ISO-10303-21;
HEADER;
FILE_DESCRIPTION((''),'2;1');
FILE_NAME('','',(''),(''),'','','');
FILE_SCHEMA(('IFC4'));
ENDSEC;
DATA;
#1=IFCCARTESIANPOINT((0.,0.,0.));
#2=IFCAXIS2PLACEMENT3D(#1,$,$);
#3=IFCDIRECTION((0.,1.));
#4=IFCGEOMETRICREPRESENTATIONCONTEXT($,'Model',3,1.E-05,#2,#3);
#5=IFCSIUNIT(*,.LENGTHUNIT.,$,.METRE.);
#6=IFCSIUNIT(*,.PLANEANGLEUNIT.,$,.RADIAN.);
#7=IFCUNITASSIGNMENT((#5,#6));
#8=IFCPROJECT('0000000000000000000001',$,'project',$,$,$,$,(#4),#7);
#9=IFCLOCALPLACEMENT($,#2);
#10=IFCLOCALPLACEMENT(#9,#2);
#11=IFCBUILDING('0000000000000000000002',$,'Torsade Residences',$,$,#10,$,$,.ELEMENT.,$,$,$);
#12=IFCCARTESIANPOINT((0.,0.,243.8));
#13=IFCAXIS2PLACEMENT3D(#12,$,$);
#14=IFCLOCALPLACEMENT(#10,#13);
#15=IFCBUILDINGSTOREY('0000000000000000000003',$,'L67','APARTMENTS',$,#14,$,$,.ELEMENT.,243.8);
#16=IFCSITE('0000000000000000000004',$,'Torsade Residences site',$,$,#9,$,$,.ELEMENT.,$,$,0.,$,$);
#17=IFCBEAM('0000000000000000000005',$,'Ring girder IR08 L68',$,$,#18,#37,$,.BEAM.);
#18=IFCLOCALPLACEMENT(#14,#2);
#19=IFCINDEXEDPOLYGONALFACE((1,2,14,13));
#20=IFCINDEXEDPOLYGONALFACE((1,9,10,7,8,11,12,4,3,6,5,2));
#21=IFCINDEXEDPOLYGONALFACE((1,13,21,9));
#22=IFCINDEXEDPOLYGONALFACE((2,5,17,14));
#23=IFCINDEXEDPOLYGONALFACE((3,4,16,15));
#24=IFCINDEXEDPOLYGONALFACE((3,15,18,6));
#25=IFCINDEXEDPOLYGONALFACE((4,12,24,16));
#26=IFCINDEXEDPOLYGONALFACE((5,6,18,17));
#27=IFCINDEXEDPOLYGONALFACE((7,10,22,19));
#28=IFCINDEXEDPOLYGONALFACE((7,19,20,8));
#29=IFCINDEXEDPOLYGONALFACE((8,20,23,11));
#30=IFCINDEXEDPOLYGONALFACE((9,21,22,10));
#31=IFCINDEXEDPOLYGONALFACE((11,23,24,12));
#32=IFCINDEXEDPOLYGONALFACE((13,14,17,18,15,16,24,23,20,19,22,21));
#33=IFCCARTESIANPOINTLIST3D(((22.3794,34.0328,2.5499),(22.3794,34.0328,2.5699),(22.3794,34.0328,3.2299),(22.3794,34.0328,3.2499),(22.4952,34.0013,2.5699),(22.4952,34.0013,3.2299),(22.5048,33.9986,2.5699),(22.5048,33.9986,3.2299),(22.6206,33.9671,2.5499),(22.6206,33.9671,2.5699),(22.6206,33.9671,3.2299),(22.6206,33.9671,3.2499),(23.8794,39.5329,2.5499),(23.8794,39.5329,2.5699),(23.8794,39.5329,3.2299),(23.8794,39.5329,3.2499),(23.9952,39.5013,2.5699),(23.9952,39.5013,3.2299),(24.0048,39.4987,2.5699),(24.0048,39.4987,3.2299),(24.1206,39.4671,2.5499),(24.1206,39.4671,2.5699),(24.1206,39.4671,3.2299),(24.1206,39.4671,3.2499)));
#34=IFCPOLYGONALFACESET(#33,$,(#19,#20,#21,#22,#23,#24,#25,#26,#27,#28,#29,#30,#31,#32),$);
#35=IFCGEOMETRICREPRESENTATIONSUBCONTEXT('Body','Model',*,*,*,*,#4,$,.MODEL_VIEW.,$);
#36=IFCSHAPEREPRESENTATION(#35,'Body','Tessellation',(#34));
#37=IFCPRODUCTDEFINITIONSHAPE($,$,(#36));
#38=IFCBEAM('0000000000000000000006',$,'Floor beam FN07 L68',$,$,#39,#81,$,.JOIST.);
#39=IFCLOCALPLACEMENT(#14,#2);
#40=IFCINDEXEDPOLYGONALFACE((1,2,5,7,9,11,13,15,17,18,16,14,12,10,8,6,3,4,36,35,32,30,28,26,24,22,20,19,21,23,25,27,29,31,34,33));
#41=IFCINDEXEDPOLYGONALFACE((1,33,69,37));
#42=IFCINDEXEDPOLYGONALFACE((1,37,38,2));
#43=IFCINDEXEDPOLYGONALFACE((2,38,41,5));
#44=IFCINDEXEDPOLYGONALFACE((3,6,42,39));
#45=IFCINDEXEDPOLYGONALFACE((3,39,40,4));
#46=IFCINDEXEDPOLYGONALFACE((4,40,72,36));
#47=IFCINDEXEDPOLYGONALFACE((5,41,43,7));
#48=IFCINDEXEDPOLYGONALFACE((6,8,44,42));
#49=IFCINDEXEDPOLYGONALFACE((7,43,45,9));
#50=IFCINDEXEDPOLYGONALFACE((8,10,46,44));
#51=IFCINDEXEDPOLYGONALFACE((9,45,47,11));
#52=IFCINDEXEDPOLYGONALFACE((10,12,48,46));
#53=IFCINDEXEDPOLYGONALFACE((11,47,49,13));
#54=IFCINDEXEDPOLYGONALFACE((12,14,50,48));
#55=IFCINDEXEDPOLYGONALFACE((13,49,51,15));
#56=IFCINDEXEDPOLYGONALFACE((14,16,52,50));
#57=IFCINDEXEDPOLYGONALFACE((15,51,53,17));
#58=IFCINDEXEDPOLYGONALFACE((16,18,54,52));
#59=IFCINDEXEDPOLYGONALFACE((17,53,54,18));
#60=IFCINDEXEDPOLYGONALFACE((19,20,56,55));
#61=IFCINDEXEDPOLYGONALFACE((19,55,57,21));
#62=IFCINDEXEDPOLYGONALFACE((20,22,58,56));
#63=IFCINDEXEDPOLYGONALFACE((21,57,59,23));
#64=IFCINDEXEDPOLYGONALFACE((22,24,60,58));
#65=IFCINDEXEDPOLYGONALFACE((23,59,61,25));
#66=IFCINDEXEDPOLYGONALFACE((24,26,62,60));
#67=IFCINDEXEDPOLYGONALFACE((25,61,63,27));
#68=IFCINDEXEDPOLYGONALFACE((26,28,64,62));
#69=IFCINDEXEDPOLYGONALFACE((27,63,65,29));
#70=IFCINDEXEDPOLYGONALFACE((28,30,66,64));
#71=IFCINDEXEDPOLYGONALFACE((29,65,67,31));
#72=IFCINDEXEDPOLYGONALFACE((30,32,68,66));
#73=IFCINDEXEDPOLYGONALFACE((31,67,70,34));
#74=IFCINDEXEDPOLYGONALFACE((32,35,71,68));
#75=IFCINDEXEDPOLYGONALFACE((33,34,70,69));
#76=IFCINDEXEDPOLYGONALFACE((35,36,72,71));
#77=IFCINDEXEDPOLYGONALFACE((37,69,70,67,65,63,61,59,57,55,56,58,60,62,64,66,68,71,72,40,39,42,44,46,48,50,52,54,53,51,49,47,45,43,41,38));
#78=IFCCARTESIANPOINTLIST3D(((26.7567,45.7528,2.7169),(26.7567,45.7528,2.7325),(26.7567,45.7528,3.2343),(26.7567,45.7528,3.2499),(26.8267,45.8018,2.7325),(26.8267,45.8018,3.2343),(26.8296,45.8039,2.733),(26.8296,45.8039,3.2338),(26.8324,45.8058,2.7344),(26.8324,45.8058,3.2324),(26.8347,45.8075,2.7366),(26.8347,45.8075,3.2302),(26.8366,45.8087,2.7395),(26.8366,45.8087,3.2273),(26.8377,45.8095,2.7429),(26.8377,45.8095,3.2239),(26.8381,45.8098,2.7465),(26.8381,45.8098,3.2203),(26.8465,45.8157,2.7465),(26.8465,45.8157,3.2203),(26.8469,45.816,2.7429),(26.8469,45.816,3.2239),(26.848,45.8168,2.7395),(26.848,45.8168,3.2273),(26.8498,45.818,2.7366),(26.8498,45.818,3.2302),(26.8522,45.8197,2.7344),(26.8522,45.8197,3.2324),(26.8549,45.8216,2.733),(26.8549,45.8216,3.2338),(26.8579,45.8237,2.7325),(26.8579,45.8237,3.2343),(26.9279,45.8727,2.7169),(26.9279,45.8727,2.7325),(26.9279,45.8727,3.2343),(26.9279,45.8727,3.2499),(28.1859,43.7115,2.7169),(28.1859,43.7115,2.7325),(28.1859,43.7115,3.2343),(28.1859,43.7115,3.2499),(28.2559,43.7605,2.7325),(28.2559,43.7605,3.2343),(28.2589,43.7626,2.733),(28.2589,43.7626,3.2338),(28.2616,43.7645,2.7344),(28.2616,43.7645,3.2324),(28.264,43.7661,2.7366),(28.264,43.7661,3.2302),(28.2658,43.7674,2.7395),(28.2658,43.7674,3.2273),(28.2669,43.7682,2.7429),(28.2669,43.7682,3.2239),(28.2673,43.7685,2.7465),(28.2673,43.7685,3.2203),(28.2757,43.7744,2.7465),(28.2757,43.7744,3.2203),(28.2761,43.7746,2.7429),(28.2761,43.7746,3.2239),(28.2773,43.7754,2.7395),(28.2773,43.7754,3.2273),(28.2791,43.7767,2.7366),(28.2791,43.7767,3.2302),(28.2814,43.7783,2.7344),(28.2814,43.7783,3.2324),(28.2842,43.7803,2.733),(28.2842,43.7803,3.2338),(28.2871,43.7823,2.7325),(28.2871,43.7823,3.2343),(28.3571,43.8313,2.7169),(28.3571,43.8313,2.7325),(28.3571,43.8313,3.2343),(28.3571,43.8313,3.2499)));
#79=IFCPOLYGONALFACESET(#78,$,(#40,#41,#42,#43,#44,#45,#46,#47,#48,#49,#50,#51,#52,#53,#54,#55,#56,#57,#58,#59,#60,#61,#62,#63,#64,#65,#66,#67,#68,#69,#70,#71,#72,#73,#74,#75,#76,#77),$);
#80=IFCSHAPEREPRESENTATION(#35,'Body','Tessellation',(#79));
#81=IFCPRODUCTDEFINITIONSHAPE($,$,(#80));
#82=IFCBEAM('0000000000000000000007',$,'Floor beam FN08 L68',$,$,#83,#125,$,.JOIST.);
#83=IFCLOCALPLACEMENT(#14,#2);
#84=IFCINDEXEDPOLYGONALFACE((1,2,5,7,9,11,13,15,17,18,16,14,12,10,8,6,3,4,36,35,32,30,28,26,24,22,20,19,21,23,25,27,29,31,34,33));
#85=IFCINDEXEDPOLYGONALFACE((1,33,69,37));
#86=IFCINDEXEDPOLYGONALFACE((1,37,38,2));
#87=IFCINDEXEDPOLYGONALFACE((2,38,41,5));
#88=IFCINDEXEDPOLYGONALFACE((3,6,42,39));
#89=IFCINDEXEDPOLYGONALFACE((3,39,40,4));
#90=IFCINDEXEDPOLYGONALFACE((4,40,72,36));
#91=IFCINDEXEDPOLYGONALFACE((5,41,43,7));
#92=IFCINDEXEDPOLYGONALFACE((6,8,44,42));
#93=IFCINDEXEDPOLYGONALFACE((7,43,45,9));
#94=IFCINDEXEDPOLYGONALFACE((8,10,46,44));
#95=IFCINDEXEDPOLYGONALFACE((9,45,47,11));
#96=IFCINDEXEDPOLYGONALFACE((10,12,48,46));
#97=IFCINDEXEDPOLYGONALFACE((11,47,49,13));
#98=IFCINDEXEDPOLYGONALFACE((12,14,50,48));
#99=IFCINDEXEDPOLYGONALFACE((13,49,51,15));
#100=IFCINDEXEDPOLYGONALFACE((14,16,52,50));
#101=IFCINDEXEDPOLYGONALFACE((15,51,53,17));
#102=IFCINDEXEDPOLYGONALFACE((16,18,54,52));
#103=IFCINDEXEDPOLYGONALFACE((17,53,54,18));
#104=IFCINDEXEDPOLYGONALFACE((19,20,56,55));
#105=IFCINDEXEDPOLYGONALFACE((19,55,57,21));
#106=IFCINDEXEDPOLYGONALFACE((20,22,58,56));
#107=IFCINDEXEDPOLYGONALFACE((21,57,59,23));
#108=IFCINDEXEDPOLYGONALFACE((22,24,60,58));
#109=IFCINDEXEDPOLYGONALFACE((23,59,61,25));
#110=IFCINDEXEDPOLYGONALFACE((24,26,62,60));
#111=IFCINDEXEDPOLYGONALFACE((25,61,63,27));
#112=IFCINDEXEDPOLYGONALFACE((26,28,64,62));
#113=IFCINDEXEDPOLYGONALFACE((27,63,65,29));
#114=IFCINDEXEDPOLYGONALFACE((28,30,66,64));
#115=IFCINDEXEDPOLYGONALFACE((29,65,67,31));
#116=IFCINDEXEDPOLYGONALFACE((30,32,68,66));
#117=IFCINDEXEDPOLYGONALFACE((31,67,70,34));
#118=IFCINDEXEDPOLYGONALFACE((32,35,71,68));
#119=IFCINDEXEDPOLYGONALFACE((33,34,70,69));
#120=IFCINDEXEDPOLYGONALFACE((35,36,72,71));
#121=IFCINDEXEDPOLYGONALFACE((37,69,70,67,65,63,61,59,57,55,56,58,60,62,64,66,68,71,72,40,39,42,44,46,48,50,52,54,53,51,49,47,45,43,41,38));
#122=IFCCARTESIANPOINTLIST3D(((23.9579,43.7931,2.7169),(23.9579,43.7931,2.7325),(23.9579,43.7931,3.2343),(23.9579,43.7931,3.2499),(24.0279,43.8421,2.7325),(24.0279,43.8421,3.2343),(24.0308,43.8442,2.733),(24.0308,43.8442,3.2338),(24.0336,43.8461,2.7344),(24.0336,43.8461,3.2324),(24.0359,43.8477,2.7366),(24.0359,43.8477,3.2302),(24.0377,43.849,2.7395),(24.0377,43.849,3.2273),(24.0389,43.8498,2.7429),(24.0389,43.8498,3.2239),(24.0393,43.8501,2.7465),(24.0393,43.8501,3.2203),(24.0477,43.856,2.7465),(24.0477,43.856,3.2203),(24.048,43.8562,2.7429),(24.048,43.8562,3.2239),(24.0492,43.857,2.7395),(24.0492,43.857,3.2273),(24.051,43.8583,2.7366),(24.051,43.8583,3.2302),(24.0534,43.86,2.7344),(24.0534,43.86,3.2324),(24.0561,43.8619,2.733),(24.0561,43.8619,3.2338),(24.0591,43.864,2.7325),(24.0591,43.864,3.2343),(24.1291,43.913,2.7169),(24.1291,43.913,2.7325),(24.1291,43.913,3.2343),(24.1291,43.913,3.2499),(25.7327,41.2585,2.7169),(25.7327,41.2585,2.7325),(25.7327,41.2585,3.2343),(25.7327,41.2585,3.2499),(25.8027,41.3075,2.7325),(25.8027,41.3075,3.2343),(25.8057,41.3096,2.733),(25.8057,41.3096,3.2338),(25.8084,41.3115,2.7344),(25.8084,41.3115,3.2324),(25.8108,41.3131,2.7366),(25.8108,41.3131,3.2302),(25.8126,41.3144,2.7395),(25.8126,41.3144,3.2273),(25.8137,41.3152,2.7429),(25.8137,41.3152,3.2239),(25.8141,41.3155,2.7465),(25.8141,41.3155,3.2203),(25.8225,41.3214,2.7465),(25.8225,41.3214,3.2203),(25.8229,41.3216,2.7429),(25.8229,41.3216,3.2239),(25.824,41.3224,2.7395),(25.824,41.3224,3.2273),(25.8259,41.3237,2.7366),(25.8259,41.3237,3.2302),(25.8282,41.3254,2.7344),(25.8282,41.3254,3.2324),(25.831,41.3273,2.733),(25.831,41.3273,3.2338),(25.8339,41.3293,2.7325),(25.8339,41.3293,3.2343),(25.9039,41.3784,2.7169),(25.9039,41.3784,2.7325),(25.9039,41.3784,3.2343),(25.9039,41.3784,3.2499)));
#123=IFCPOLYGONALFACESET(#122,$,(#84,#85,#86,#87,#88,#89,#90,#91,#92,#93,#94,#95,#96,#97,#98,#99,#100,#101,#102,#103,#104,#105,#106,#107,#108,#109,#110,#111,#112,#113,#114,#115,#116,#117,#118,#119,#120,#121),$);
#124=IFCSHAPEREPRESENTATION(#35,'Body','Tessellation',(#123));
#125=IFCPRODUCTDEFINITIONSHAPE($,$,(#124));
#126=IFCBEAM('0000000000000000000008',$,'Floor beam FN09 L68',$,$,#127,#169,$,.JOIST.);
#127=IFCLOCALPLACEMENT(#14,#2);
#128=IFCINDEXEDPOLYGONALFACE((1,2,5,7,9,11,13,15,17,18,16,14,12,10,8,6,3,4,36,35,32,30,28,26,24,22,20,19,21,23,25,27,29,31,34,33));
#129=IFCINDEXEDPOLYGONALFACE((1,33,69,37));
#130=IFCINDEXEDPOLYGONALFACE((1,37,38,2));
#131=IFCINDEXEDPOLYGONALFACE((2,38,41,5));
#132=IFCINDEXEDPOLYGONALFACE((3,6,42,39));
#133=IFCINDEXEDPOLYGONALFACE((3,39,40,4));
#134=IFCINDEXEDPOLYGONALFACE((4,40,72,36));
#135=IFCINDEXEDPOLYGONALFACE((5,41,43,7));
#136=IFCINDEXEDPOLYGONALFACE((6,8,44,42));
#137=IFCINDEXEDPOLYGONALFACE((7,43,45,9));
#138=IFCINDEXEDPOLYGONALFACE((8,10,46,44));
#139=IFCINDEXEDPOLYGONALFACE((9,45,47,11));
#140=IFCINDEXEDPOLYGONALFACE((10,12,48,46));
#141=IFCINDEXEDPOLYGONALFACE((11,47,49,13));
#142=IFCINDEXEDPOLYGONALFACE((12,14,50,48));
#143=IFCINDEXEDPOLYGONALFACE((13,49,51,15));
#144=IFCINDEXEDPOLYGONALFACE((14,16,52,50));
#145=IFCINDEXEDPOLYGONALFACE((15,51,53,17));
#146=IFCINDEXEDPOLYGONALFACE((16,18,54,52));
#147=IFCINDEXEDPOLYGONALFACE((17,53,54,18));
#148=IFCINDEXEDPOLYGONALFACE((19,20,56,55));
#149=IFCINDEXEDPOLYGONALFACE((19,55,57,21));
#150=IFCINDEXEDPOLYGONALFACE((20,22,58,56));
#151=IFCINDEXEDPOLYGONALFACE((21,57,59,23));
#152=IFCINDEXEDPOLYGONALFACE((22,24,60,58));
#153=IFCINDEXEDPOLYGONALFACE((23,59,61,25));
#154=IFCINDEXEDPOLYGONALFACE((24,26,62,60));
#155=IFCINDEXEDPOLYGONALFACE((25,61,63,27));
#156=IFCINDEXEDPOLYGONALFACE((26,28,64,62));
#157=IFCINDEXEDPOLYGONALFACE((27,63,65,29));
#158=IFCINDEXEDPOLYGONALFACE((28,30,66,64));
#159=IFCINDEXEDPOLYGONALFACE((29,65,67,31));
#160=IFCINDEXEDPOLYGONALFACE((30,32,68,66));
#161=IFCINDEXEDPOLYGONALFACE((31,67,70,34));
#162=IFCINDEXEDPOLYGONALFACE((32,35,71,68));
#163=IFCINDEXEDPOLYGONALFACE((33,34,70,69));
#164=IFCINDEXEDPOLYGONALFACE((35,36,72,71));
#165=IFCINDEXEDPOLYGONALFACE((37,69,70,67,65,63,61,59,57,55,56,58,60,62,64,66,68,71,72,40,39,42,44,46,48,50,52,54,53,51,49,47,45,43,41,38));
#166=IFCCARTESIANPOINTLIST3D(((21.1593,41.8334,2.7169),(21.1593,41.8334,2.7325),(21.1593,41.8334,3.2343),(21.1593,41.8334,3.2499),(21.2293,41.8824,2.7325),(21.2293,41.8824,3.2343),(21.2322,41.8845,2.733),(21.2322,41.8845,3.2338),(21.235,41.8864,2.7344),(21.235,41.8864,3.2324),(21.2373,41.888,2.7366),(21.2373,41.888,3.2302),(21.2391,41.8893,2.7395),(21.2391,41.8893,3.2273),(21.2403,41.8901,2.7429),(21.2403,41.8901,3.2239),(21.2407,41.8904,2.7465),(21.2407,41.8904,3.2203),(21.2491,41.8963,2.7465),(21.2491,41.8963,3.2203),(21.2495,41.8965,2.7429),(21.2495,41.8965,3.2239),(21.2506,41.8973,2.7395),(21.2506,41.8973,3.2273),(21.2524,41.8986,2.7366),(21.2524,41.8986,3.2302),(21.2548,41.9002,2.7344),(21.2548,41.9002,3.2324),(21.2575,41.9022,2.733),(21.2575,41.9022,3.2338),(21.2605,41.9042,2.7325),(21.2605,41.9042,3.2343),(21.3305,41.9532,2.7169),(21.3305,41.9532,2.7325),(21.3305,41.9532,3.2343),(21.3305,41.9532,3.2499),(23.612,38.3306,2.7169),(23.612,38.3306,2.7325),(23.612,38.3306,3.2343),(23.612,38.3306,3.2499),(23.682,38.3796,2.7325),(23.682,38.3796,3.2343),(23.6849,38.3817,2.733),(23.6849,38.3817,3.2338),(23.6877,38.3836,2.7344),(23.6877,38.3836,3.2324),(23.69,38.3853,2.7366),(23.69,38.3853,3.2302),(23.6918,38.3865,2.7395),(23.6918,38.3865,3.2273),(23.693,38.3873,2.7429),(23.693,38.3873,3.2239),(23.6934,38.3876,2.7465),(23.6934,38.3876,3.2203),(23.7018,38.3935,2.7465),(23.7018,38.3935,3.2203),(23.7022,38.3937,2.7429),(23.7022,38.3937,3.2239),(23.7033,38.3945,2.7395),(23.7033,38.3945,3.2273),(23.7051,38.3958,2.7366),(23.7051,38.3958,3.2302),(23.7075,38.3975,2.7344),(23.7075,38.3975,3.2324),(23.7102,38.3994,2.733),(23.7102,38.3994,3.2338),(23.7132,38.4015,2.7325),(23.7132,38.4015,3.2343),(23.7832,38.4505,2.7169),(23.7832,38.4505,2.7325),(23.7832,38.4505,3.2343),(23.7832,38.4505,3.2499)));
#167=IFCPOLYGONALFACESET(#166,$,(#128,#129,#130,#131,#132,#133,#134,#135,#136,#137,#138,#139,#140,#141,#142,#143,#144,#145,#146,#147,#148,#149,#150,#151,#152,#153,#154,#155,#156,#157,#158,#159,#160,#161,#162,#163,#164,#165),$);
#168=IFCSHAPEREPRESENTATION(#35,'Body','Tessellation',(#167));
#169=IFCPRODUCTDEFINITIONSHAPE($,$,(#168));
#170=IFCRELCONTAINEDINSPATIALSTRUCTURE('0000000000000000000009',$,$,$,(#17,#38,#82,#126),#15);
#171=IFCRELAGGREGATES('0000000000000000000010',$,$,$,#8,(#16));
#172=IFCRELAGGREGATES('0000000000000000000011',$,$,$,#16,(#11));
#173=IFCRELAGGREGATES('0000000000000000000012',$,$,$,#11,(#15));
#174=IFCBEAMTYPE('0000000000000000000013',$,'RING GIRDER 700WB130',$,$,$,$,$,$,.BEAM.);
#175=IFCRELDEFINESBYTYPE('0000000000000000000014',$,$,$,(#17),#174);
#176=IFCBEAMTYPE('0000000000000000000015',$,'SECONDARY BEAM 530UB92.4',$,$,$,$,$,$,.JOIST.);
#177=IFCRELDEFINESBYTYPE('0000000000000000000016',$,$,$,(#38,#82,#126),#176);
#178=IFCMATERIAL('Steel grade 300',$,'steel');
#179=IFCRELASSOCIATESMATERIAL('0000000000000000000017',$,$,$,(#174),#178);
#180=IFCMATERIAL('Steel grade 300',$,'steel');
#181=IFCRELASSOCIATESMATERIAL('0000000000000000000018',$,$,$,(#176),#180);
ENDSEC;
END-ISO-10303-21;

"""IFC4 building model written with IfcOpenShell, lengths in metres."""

from ifc_helpers import new_model, si_unit, direction, frame, origin, origin_2d, place, context, subcontext, project, spatial, i_section, extrude, material, material_profile, profile_set, type_object, element, save


model = new_model("IFC4")

# Units and contexts
model_context = context("Model", 3, precision=1e-05, world=origin(), true_north=direction((0.0, 1.0)))
body_context = subcontext(model_context, "Body", "Model", "MODEL_VIEW")
ifc_project = project(units=[si_unit("LENGTHUNIT", "METRE"), si_unit("PLANEANGLEUNIT", "RADIAN")], contexts=[model_context])

# Site, building, storey
site_placement = place(None, origin())
site = spatial("IfcSite", under=ifc_project, at=site_placement, Name="Torsade Residences site", CompositionType="ELEMENT", RefElevation=0.0)
building_placement = place(site_placement, origin())
building = spatial("IfcBuilding", under=site, at=building_placement, Name="Torsade Residences", CompositionType="ELEMENT")
storey_placement = place(building_placement, frame((0.0, 0.0, 243.8)))
storey = spatial("IfcBuildingStorey", under=building, at=storey_placement, Name="L67", Description="APARTMENTS", CompositionType="ELEMENT", Elevation=243.8)

# Beams
ifc_material_1 = material(Name="Steel grade 300", Category="steel")
ifc_material_profile_1 = material_profile(ifc_material_1, i_section(OverallWidth=0.25, OverallDepth=0.7, WebThickness=0.01, FlangeThickness=0.02, at=origin_2d()), Name="700WB130")
ifc_profile_set_1 = profile_set([ifc_material_profile_1], Name="Steel grade 300")
beam_type_1 = type_object("IfcBeamType", Name="RING GIRDER 700WB130", PredefinedType="BEAM", material=ifc_profile_set_1)
beam_1_placement = place(storey_placement, frame((24.0, 39.5, 2.8999), z_axis=(-0.263117, -0.964764, 0.0), x_axis=(0.964764, -0.263117, 0.0)))
element("IfcBeam", 1, at=beam_1_placement, inside=storey, type_object=beam_type_1, Name="Ring girder IR08 L68", PredefinedType="BEAM", context=body_context, shape_type="SweptSolid", body=[
    extrude(i_section(OverallWidth=0.25, OverallDepth=0.7, WebThickness=0.01, FlangeThickness=0.02, at=origin_2d()), origin(), (0.0, 0.0, 1.0), 5.7009),
])
ifc_material_2 = material(Name="Steel grade 300", Category="steel")
ifc_material_profile_2 = material_profile(ifc_material_2, i_section(OverallWidth=0.209, OverallDepth=0.533, WebThickness=0.0103, FlangeThickness=0.0156, FilletRadius=0.0139, at=origin_2d()), Name="530UB92.4")
ifc_profile_set_2 = profile_set([ifc_material_profile_2], Name="Steel grade 300")
beam_type_2 = type_object("IfcBeamType", Name="SECONDARY BEAM 530UB92.4", PredefinedType="JOIST", material=ifc_profile_set_2)
beam_2_placement = place(storey_placement, frame((26.8423, 45.8127, 2.9834), z_axis=(0.573548, -0.819172, 0.0), x_axis=(0.819172, 0.573548, 0.0)))
element("IfcBeam", 2, at=beam_2_placement, inside=storey, type_object=beam_type_2, Name="Floor beam FN07 L68", PredefinedType="JOIST", context=body_context, shape_type="SweptSolid", body=[
    extrude(i_section(OverallWidth=0.209, OverallDepth=0.533, WebThickness=0.0103, FlangeThickness=0.0156, FilletRadius=0.0139, at=origin_2d()), origin(), (0.0, 0.0, 1.0), 2.4919),
])
beam_3_placement = place(storey_placement, frame((24.0435, 43.853, 2.9834), z_axis=(0.5736, -0.819136, 0.0), x_axis=(0.819136, 0.5736, 0.0)))
element("IfcBeam", 3, at=beam_3_placement, inside=storey, type_object=beam_type_2, Name="Floor beam FN08 L68", PredefinedType="JOIST", context=body_context, shape_type="SweptSolid", body=[
    extrude(i_section(OverallWidth=0.209, OverallDepth=0.533, WebThickness=0.0103, FlangeThickness=0.0156, FilletRadius=0.0139, at=origin_2d()), origin(), (0.0, 0.0, 1.0), 3.0942),
])
beam_4_placement = place(storey_placement, frame((21.2449, 41.8933, 2.9834), z_axis=(0.573581, -0.819149, 0.0), x_axis=(0.819149, 0.573581, 0.0)))
element("IfcBeam", 4, at=beam_4_placement, inside=storey, type_object=beam_type_2, Name="Floor beam FN09 L68", PredefinedType="JOIST", context=body_context, shape_type="SweptSolid", body=[
    extrude(i_section(OverallWidth=0.209, OverallDepth=0.533, WebThickness=0.0103, FlangeThickness=0.0156, FilletRadius=0.0139, at=origin_2d()), origin(), (0.0, 0.0, 1.0), 4.2761),
])

save(model, "model.ifc")
